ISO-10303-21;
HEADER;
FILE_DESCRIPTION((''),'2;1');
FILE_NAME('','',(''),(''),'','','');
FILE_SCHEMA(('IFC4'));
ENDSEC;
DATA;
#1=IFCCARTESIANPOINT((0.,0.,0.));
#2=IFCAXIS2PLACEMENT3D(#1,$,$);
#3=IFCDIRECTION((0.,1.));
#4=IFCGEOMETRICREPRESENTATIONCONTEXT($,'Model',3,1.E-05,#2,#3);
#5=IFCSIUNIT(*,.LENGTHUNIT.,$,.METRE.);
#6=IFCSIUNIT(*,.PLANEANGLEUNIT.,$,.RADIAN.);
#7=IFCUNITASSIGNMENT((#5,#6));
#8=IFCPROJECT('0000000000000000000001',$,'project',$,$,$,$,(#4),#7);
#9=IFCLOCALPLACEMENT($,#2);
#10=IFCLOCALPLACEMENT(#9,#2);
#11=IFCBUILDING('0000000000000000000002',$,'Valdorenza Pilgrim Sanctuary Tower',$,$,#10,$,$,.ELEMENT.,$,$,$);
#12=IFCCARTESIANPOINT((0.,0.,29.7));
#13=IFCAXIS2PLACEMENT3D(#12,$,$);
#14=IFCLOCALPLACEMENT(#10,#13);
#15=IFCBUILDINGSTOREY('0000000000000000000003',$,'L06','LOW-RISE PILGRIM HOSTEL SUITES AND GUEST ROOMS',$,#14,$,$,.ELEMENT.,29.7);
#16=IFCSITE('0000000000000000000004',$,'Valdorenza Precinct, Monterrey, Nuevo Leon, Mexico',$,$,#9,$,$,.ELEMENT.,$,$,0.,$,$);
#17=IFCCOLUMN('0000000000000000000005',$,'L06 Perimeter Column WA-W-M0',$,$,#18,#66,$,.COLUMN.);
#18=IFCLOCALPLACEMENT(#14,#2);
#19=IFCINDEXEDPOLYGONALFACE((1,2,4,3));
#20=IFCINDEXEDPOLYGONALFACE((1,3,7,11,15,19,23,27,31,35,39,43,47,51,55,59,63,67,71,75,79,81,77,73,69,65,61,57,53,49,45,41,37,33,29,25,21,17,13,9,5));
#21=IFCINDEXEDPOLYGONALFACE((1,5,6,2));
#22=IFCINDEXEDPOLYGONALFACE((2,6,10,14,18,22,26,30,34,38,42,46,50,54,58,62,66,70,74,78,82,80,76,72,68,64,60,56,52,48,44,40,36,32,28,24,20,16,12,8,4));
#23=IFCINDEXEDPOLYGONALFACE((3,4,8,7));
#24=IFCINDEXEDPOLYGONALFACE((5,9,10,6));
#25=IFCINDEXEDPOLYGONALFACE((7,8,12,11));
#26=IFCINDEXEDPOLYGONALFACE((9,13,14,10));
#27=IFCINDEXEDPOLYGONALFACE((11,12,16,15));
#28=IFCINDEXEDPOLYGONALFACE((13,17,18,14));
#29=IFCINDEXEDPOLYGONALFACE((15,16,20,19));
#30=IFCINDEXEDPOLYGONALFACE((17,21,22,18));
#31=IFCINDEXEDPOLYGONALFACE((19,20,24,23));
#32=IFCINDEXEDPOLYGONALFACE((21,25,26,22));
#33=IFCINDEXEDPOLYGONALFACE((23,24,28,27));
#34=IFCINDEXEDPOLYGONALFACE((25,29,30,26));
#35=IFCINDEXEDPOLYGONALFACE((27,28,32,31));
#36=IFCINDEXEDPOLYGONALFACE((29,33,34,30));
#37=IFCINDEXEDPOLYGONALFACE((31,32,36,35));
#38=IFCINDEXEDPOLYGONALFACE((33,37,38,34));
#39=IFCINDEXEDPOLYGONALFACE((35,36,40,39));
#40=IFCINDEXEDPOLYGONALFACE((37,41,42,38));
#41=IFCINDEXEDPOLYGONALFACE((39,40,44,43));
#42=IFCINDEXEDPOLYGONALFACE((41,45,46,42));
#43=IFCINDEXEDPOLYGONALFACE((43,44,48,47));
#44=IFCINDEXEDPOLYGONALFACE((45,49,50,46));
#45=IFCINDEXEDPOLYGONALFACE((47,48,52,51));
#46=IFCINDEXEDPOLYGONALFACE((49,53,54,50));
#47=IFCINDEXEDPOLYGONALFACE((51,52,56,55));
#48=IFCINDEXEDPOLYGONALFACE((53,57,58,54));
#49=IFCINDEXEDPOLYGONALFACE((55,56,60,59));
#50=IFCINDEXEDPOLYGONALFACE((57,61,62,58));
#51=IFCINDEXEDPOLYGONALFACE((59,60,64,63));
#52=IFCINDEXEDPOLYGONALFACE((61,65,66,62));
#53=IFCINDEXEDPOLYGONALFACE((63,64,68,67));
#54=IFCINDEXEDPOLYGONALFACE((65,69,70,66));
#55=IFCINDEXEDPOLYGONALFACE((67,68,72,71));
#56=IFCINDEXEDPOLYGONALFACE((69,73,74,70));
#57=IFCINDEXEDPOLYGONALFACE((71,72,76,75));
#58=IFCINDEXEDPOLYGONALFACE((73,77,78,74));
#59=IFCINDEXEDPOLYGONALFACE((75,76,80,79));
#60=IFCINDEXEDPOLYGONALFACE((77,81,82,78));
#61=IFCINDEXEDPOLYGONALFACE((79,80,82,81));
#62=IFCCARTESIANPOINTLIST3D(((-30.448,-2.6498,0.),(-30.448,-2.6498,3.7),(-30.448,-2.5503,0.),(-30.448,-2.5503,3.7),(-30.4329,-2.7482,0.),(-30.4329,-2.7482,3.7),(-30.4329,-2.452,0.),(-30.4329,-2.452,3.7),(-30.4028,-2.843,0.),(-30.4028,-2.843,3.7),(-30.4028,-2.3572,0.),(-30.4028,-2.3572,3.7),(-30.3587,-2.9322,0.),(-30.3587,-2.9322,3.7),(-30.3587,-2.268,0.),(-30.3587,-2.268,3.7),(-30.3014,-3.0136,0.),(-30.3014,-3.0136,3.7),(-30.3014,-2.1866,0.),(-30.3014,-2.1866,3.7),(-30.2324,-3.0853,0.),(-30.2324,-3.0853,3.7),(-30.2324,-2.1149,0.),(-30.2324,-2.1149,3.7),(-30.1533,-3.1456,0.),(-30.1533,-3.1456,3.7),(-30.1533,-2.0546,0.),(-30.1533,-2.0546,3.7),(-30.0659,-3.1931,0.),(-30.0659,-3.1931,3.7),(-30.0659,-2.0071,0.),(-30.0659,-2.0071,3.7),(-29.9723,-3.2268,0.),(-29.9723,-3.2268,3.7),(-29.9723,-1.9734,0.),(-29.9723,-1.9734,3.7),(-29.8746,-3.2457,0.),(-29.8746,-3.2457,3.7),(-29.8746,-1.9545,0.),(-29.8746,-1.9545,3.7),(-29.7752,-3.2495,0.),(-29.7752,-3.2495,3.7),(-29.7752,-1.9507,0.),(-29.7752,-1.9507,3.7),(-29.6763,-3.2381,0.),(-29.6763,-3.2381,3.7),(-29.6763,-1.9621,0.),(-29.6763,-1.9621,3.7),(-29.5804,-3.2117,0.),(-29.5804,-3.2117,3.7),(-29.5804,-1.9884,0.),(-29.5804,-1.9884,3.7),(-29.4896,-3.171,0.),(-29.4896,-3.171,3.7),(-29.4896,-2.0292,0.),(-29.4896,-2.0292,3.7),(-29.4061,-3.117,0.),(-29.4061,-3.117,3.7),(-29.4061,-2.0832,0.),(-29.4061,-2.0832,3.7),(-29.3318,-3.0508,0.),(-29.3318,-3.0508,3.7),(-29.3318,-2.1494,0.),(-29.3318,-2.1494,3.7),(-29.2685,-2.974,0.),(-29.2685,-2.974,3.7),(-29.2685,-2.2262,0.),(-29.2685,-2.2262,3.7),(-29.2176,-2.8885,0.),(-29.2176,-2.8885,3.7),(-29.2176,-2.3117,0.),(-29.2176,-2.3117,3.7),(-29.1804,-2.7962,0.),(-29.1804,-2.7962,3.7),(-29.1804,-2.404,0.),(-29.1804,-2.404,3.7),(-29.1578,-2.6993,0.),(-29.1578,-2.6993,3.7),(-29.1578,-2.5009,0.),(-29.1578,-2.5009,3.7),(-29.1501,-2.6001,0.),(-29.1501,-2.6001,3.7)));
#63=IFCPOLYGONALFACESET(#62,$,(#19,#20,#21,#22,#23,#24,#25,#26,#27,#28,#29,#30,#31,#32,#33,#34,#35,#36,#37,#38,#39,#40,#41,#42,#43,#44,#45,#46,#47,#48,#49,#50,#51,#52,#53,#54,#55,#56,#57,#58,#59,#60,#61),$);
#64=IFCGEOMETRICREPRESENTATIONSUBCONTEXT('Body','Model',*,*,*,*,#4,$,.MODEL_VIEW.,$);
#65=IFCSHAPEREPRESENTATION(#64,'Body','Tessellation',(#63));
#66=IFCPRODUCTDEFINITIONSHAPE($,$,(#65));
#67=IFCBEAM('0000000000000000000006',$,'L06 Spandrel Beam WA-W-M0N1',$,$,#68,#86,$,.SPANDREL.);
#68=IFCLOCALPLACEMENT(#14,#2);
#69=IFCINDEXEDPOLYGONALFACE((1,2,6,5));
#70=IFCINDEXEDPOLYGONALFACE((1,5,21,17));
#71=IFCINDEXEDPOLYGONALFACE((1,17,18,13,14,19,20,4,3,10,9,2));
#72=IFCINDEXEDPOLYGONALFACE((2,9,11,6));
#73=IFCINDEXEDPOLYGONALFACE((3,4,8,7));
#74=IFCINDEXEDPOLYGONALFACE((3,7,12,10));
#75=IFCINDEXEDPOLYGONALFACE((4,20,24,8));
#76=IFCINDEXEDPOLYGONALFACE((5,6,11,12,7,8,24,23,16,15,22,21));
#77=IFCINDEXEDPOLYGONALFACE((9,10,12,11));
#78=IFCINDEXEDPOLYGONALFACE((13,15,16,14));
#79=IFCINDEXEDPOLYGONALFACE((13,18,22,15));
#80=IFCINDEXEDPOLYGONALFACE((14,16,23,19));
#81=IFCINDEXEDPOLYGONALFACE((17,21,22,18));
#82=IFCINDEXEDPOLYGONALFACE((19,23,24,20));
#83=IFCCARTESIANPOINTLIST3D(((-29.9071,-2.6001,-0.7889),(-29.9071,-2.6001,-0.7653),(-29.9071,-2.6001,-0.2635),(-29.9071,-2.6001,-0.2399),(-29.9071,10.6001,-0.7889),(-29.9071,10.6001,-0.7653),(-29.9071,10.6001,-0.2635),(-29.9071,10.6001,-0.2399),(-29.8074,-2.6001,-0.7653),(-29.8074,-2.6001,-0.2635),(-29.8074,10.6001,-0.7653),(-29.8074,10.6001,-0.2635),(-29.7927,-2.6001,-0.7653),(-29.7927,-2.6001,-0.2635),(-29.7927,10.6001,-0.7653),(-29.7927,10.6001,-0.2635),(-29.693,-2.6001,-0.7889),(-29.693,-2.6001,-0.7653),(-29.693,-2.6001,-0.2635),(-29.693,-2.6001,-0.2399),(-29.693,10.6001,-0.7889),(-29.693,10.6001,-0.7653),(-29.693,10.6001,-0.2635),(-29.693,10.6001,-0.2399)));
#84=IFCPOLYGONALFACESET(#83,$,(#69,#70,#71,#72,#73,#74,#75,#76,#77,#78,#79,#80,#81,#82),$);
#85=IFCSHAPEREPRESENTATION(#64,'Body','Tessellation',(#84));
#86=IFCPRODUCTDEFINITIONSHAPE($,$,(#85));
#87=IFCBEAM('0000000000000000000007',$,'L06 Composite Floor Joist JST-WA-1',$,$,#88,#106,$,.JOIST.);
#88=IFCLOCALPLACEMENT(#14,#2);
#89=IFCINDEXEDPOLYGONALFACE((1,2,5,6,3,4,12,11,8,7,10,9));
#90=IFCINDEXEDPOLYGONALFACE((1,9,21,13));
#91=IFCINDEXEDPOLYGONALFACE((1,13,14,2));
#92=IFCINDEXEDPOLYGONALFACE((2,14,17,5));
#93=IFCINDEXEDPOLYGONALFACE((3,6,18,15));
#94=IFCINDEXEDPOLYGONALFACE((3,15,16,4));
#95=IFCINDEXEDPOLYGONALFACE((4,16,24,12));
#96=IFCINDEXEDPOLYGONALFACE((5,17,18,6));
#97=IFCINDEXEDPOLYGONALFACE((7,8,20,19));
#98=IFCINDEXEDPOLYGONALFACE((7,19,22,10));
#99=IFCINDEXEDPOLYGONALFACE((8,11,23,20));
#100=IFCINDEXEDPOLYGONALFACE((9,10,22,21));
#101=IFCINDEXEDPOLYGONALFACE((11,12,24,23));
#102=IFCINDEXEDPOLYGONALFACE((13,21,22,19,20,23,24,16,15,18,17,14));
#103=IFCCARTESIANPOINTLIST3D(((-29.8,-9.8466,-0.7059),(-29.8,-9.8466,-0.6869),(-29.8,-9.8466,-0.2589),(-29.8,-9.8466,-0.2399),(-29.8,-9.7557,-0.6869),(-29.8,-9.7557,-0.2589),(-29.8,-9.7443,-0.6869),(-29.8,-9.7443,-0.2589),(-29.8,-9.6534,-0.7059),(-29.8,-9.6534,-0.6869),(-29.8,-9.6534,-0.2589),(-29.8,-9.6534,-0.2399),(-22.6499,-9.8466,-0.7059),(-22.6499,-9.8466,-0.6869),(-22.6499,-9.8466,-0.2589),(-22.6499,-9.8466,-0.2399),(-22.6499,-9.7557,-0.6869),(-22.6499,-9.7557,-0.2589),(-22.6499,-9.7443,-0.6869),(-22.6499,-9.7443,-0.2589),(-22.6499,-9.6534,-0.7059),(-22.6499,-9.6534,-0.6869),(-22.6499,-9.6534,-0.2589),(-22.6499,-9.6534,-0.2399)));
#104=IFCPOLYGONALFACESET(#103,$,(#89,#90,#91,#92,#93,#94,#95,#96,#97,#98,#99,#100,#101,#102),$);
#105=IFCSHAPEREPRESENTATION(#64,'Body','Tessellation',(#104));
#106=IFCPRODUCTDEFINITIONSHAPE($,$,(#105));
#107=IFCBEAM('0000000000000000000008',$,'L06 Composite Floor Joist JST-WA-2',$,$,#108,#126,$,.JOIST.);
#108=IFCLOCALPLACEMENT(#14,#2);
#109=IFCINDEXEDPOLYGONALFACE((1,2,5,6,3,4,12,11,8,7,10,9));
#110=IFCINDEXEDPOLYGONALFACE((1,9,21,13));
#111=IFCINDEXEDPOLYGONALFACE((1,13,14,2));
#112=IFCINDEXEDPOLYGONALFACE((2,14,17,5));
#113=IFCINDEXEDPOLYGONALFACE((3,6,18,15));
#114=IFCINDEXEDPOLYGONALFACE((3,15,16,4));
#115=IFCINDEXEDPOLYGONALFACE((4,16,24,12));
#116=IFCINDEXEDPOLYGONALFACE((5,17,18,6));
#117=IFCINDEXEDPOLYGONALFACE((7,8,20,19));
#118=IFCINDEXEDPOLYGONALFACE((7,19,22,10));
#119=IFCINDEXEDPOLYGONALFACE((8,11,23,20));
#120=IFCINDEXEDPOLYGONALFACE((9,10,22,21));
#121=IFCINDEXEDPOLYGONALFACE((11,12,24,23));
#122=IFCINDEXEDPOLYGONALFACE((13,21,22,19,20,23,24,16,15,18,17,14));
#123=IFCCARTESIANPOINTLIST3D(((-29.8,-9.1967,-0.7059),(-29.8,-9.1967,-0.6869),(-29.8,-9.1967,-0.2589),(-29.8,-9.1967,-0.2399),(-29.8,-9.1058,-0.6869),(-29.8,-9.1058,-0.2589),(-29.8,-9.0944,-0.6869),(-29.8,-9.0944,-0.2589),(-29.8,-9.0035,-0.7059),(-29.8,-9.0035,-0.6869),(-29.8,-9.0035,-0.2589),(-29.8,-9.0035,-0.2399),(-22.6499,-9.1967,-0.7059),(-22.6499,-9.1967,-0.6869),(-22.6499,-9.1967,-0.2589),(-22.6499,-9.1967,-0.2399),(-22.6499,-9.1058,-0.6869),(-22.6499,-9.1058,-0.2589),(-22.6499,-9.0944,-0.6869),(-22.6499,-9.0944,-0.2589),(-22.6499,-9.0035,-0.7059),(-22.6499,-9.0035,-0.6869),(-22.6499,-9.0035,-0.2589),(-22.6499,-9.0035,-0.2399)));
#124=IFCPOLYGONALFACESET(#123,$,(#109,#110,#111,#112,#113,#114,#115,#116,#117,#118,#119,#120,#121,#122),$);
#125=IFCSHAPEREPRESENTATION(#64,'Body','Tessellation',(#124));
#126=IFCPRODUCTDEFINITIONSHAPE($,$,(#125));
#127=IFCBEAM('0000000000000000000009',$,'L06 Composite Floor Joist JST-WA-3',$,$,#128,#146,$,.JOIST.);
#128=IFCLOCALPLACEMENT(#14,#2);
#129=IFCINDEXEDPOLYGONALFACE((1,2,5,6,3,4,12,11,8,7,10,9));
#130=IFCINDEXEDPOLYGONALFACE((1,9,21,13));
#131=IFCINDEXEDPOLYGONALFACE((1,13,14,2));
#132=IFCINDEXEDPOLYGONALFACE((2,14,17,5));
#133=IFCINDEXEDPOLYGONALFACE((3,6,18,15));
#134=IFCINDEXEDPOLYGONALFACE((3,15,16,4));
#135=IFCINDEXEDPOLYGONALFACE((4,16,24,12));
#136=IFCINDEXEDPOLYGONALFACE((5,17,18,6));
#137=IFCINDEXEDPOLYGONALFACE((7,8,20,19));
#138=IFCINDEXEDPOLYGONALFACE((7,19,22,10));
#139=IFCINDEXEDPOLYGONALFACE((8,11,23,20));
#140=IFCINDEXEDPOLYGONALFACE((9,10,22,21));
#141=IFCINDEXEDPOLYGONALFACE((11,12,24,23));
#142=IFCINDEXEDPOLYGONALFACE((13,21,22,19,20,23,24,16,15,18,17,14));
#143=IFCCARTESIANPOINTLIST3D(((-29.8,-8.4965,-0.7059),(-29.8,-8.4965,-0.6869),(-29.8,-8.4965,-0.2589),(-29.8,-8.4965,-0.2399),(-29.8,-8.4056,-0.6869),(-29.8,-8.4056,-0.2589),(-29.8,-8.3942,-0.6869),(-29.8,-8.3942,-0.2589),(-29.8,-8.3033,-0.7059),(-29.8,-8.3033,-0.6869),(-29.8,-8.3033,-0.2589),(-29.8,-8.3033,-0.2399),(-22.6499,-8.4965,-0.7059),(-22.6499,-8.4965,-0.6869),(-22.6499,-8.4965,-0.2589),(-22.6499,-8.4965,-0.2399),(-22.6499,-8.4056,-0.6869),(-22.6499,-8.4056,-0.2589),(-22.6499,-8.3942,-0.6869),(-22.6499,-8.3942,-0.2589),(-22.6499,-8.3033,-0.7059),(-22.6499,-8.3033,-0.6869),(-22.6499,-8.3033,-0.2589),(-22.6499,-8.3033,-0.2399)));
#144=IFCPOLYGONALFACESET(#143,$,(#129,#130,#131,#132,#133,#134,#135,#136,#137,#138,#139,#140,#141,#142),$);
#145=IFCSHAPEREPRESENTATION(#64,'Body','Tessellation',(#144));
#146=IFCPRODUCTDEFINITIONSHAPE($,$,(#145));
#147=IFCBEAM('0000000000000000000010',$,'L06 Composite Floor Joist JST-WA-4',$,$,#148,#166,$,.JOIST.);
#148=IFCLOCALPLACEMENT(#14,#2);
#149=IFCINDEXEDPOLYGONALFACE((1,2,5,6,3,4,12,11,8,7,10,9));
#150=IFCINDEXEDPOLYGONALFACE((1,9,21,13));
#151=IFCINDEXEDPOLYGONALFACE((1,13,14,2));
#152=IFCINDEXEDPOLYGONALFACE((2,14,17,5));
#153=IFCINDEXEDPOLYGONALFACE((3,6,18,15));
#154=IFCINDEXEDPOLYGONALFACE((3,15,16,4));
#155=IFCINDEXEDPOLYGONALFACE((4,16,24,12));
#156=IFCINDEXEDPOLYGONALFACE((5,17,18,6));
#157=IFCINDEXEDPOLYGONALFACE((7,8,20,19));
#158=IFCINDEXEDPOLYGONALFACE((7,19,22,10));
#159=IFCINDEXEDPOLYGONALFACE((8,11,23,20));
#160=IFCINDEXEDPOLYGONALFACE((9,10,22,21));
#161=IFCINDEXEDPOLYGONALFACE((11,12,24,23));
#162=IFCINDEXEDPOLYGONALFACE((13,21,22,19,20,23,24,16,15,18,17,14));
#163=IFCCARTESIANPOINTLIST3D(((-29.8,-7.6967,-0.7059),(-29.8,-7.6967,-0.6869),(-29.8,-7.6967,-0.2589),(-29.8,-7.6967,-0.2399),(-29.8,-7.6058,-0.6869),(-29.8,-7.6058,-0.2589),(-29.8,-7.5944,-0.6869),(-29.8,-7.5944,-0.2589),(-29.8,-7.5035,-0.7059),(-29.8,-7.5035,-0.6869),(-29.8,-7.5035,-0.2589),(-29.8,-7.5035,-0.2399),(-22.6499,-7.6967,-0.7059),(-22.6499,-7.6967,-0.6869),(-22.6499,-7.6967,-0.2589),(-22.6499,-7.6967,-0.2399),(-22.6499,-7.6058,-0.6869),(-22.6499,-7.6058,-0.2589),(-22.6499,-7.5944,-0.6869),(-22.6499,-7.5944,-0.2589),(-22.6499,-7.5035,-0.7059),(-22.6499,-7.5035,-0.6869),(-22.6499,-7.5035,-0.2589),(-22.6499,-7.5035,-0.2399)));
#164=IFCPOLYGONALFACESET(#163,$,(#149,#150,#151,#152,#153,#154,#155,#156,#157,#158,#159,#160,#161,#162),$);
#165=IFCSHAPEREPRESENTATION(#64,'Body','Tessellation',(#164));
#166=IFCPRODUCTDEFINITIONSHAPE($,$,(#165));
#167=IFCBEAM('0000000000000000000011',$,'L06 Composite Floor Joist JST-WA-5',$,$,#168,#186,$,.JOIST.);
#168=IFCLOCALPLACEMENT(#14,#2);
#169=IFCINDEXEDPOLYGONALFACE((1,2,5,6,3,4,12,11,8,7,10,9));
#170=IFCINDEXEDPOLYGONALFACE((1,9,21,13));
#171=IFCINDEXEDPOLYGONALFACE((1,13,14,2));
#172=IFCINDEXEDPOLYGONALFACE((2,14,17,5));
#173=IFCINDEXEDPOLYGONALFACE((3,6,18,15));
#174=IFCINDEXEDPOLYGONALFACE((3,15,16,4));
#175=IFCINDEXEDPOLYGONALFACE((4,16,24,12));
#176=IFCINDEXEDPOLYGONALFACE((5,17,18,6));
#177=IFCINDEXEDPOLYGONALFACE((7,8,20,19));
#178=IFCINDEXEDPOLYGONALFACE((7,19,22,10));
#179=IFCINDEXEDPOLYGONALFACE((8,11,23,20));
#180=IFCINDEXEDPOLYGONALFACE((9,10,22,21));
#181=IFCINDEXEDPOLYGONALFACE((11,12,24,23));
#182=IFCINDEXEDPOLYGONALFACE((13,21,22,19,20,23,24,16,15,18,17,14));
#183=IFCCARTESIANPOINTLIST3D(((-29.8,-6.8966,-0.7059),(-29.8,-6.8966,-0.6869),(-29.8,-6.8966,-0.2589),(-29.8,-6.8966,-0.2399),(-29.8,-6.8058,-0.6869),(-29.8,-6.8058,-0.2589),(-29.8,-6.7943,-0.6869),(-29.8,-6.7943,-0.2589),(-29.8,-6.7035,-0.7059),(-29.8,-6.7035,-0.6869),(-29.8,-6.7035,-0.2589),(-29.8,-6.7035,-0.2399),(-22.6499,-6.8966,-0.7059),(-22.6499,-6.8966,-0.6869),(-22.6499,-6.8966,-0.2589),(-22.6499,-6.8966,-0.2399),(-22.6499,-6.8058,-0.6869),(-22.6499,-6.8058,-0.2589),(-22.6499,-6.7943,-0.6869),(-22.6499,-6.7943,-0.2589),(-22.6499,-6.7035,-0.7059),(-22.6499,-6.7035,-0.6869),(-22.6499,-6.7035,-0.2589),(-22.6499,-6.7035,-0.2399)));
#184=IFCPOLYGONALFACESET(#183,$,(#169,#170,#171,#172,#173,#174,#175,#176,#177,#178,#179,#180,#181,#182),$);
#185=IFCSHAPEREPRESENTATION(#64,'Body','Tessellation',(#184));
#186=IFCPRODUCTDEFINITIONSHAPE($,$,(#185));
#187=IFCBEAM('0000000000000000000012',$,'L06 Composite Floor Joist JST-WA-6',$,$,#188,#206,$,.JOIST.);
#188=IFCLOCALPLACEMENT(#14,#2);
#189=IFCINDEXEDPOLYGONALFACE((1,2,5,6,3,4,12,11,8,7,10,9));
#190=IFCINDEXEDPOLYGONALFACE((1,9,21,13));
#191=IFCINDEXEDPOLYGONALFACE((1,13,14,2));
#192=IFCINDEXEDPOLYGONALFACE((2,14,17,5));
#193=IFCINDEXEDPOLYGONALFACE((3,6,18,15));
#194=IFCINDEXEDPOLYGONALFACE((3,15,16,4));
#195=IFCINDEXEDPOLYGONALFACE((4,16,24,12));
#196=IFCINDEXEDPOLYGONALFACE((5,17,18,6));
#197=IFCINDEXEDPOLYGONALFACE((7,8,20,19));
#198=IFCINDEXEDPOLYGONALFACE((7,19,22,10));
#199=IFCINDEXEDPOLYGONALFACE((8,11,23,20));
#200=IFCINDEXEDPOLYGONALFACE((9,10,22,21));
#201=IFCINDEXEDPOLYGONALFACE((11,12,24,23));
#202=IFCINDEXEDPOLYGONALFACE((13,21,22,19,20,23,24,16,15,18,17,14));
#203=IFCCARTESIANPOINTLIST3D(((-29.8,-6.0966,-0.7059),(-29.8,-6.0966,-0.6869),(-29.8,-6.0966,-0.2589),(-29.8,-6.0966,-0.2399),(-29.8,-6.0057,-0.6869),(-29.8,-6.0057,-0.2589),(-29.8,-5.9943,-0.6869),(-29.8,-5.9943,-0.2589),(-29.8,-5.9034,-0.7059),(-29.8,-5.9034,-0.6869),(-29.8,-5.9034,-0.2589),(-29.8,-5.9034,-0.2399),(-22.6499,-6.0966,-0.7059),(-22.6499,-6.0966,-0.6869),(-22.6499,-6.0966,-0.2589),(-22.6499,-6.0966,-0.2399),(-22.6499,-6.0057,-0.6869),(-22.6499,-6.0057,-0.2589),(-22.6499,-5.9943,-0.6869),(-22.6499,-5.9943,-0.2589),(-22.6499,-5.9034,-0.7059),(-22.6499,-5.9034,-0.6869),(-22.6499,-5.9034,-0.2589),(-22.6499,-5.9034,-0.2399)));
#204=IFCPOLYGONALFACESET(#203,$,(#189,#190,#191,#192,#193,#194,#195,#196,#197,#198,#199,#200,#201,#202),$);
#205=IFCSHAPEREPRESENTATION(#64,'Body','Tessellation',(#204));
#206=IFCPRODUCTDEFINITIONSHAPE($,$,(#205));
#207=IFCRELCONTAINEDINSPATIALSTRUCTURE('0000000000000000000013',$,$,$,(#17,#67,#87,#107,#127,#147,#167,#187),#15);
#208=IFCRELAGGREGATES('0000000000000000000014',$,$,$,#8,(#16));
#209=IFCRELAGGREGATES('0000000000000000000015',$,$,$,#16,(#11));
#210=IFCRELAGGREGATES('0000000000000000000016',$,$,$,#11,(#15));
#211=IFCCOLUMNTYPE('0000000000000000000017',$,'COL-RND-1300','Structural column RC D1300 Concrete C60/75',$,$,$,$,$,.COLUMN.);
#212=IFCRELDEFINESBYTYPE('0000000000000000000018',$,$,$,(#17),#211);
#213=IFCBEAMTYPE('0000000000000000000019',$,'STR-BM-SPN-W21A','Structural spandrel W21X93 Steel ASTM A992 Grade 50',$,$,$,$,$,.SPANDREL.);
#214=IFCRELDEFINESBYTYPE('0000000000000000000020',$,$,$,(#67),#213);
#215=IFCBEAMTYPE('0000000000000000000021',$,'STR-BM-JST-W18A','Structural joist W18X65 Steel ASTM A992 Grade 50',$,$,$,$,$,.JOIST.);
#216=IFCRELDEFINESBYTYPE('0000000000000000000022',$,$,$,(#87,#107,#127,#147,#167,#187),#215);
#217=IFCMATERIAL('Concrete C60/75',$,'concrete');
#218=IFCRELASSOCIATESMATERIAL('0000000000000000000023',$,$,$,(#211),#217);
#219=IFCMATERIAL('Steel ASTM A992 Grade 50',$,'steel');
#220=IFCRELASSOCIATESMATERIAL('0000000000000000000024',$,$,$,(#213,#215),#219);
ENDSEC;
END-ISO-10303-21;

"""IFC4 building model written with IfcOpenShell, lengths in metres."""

from ifc_helpers import new_model, si_unit, direction, frame, origin, origin_2d, place, context, subcontext, project, spatial, circle, i_section, extrude, source, transform, mapped, material, material_profile, profile_set, type_object, element, save


model = new_model("IFC4")

# Units and contexts
model_context = context("Model", 3, precision=1e-05, world=origin(), true_north=direction((0.0, 1.0)))
body_context = subcontext(model_context, "Body", "Model", "MODEL_VIEW")
ifc_project = project(units=[si_unit("LENGTHUNIT", "METRE"), si_unit("PLANEANGLEUNIT", "RADIAN")], contexts=[model_context])

# Site, building, storey
site_placement = place(None, origin())
site = spatial("IfcSite", under=ifc_project, at=site_placement, Name="Valdorenza Precinct, Monterrey, Nuevo Leon, Mexico", CompositionType="ELEMENT", RefElevation=0.0)
building_placement = place(site_placement, origin())
building = spatial("IfcBuilding", under=site, at=building_placement, Name="Valdorenza Pilgrim Sanctuary Tower", CompositionType="ELEMENT")
storey_placement = place(building_placement, frame((0.0, 0.0, 29.7)))
storey = spatial("IfcBuildingStorey", under=building, at=storey_placement, Name="L06", Description="LOW-RISE PILGRIM HOSTEL SUITES AND GUEST ROOMS", CompositionType="ELEMENT", Elevation=29.7)

# Column
ifc_material_1 = material(Name="Concrete C60/75", Category="concrete")
ifc_material_profile_1 = material_profile(ifc_material_1, circle(Radius=0.6499, at=origin_2d()), Name="RC D1300")
ifc_profile_set_1 = profile_set([ifc_material_profile_1], Name="Concrete C60/75")
column_type = type_object("IfcColumnType", Name="COL-RND-1300", Description="Structural column RC D1300 Concrete C60/75", PredefinedType="COLUMN", material=ifc_profile_set_1)
shared_shape_1 = source(origin(), body_context, "Body", "SweptSolid", [
    extrude(circle(Radius=0.6499, at=origin_2d()), origin(), (0.0, 0.0, 1.0), 3.7),
])
column_placement = place(storey_placement, frame((-29.8, -2.6001, 0.0), z_axis=(0.0, 0.0, 1.0), x_axis=(1.0, 0.0, 0.0)))
element("IfcColumn", 1, at=column_placement, inside=storey, type_object=column_type, Name="L06 Perimeter Column WA-W-M0", PredefinedType="COLUMN", context=body_context, shape_type="MappedRepresentation", body=[
    mapped(shared_shape_1, transform((0.0, 0.0, 0.0), x_axis=(1.0, 0.0, 0.0), y_axis=(0.0, 1.0, 0.0), z_axis=(0.0, 0.0, 1.0), scale=1.0)),
])

# Beams
ifc_material_2 = material(Name="Steel ASTM A992 Grade 50", Category="steel")
ifc_material_profile_2 = material_profile(ifc_material_2, i_section(OverallWidth=0.2141, OverallDepth=0.5491, WebThickness=0.0146, FlangeThickness=0.0237, at=origin_2d()), Name="W21X93")
ifc_profile_set_2 = profile_set([ifc_material_profile_2], Name="Steel ASTM A992 Grade 50")
beam_type_1 = type_object("IfcBeamType", Name="STR-BM-SPN-W21A", Description="Structural spandrel W21X93 Steel ASTM A992 Grade 50", PredefinedType="SPANDREL", material=ifc_profile_set_2)
shared_shape_2 = source(origin(), body_context, "Body", "SweptSolid", [
    extrude(i_section(OverallWidth=0.2141, OverallDepth=0.5491, WebThickness=0.0146, FlangeThickness=0.0237, at=origin_2d()), origin(), (0.0, 0.0, 1.0), 13.2002),
])
beam_1_placement = place(storey_placement, frame((-29.8, -2.6001, -0.5144), z_axis=(0.0, 1.0, 0.0), x_axis=(-1.0, 0.0, 0.0)))
element("IfcBeam", 2, at=beam_1_placement, inside=storey, type_object=beam_type_1, Name="L06 Spandrel Beam WA-W-M0N1", PredefinedType="SPANDREL", context=body_context, shape_type="MappedRepresentation", body=[
    mapped(shared_shape_2, transform((0.0, 0.0, 0.0), x_axis=(1.0, 0.0, 0.0), y_axis=(0.0, 1.0, 0.0), z_axis=(0.0, 0.0, 1.0), scale=1.0)),
])
ifc_material_profile_3 = material_profile(ifc_material_2, i_section(OverallWidth=0.1931, OverallDepth=0.4661, WebThickness=0.0115, FlangeThickness=0.019, at=origin_2d()), Name="W18X65")
ifc_profile_set_3 = profile_set([ifc_material_profile_3], Name="Steel ASTM A992 Grade 50")
beam_type_2 = type_object("IfcBeamType", Name="STR-BM-JST-W18A", Description="Structural joist W18X65 Steel ASTM A992 Grade 50", PredefinedType="JOIST", material=ifc_profile_set_3)
shared_shape_3 = source(origin(), body_context, "Body", "SweptSolid", [
    extrude(i_section(OverallWidth=0.1931, OverallDepth=0.4661, WebThickness=0.0115, FlangeThickness=0.019, at=origin_2d()), origin(), (0.0, 0.0, 1.0), 7.1501),
])
for number, where, z_axis, x_axis, name in (
    (3, (-29.8, -9.75, -0.4729), (1.0, 0.0, 0.0), (0.0, 1.0, 0.0), "L06 Composite Floor Joist JST-WA-1"),
    (4, (-29.8, -9.1001, -0.4729), (1.0, 0.0, 0.0), (0.0, 1.0, 0.0), "L06 Composite Floor Joist JST-WA-2"),
    (5, (-29.8, -8.3999, -0.4729), (1.0, 0.0, 0.0), (0.0, 1.0, 0.0), "L06 Composite Floor Joist JST-WA-3"),
    (6, (-29.8, -7.6001, -0.4729), (1.0, 0.0, 0.0), (0.0, 1.0, 0.0), "L06 Composite Floor Joist JST-WA-4"),
    (7, (-29.8, -6.8, -0.4729), (1.0, 0.0, 0.0), (0.0, 1.0, 0.0), "L06 Composite Floor Joist JST-WA-5"),
    (8, (-29.8, -6.0, -0.4729), (1.0, 0.0, 0.0), (0.0, 1.0, 0.0), "L06 Composite Floor Joist JST-WA-6"),
):
    element("IfcBeam", number, at=place(storey_placement, frame(where, z_axis=z_axis, x_axis=x_axis)), inside=storey, type_object=beam_type_2, Name=name, PredefinedType="JOIST", context=body_context, shape_type="MappedRepresentation", body=[
        mapped(shared_shape_3, transform((0.0, 0.0, 0.0), x_axis=(1.0, 0.0, 0.0), y_axis=(0.0, 1.0, 0.0), z_axis=(0.0, 0.0, 1.0), scale=1.0)),
    ])

save(model, "model.ifc")
